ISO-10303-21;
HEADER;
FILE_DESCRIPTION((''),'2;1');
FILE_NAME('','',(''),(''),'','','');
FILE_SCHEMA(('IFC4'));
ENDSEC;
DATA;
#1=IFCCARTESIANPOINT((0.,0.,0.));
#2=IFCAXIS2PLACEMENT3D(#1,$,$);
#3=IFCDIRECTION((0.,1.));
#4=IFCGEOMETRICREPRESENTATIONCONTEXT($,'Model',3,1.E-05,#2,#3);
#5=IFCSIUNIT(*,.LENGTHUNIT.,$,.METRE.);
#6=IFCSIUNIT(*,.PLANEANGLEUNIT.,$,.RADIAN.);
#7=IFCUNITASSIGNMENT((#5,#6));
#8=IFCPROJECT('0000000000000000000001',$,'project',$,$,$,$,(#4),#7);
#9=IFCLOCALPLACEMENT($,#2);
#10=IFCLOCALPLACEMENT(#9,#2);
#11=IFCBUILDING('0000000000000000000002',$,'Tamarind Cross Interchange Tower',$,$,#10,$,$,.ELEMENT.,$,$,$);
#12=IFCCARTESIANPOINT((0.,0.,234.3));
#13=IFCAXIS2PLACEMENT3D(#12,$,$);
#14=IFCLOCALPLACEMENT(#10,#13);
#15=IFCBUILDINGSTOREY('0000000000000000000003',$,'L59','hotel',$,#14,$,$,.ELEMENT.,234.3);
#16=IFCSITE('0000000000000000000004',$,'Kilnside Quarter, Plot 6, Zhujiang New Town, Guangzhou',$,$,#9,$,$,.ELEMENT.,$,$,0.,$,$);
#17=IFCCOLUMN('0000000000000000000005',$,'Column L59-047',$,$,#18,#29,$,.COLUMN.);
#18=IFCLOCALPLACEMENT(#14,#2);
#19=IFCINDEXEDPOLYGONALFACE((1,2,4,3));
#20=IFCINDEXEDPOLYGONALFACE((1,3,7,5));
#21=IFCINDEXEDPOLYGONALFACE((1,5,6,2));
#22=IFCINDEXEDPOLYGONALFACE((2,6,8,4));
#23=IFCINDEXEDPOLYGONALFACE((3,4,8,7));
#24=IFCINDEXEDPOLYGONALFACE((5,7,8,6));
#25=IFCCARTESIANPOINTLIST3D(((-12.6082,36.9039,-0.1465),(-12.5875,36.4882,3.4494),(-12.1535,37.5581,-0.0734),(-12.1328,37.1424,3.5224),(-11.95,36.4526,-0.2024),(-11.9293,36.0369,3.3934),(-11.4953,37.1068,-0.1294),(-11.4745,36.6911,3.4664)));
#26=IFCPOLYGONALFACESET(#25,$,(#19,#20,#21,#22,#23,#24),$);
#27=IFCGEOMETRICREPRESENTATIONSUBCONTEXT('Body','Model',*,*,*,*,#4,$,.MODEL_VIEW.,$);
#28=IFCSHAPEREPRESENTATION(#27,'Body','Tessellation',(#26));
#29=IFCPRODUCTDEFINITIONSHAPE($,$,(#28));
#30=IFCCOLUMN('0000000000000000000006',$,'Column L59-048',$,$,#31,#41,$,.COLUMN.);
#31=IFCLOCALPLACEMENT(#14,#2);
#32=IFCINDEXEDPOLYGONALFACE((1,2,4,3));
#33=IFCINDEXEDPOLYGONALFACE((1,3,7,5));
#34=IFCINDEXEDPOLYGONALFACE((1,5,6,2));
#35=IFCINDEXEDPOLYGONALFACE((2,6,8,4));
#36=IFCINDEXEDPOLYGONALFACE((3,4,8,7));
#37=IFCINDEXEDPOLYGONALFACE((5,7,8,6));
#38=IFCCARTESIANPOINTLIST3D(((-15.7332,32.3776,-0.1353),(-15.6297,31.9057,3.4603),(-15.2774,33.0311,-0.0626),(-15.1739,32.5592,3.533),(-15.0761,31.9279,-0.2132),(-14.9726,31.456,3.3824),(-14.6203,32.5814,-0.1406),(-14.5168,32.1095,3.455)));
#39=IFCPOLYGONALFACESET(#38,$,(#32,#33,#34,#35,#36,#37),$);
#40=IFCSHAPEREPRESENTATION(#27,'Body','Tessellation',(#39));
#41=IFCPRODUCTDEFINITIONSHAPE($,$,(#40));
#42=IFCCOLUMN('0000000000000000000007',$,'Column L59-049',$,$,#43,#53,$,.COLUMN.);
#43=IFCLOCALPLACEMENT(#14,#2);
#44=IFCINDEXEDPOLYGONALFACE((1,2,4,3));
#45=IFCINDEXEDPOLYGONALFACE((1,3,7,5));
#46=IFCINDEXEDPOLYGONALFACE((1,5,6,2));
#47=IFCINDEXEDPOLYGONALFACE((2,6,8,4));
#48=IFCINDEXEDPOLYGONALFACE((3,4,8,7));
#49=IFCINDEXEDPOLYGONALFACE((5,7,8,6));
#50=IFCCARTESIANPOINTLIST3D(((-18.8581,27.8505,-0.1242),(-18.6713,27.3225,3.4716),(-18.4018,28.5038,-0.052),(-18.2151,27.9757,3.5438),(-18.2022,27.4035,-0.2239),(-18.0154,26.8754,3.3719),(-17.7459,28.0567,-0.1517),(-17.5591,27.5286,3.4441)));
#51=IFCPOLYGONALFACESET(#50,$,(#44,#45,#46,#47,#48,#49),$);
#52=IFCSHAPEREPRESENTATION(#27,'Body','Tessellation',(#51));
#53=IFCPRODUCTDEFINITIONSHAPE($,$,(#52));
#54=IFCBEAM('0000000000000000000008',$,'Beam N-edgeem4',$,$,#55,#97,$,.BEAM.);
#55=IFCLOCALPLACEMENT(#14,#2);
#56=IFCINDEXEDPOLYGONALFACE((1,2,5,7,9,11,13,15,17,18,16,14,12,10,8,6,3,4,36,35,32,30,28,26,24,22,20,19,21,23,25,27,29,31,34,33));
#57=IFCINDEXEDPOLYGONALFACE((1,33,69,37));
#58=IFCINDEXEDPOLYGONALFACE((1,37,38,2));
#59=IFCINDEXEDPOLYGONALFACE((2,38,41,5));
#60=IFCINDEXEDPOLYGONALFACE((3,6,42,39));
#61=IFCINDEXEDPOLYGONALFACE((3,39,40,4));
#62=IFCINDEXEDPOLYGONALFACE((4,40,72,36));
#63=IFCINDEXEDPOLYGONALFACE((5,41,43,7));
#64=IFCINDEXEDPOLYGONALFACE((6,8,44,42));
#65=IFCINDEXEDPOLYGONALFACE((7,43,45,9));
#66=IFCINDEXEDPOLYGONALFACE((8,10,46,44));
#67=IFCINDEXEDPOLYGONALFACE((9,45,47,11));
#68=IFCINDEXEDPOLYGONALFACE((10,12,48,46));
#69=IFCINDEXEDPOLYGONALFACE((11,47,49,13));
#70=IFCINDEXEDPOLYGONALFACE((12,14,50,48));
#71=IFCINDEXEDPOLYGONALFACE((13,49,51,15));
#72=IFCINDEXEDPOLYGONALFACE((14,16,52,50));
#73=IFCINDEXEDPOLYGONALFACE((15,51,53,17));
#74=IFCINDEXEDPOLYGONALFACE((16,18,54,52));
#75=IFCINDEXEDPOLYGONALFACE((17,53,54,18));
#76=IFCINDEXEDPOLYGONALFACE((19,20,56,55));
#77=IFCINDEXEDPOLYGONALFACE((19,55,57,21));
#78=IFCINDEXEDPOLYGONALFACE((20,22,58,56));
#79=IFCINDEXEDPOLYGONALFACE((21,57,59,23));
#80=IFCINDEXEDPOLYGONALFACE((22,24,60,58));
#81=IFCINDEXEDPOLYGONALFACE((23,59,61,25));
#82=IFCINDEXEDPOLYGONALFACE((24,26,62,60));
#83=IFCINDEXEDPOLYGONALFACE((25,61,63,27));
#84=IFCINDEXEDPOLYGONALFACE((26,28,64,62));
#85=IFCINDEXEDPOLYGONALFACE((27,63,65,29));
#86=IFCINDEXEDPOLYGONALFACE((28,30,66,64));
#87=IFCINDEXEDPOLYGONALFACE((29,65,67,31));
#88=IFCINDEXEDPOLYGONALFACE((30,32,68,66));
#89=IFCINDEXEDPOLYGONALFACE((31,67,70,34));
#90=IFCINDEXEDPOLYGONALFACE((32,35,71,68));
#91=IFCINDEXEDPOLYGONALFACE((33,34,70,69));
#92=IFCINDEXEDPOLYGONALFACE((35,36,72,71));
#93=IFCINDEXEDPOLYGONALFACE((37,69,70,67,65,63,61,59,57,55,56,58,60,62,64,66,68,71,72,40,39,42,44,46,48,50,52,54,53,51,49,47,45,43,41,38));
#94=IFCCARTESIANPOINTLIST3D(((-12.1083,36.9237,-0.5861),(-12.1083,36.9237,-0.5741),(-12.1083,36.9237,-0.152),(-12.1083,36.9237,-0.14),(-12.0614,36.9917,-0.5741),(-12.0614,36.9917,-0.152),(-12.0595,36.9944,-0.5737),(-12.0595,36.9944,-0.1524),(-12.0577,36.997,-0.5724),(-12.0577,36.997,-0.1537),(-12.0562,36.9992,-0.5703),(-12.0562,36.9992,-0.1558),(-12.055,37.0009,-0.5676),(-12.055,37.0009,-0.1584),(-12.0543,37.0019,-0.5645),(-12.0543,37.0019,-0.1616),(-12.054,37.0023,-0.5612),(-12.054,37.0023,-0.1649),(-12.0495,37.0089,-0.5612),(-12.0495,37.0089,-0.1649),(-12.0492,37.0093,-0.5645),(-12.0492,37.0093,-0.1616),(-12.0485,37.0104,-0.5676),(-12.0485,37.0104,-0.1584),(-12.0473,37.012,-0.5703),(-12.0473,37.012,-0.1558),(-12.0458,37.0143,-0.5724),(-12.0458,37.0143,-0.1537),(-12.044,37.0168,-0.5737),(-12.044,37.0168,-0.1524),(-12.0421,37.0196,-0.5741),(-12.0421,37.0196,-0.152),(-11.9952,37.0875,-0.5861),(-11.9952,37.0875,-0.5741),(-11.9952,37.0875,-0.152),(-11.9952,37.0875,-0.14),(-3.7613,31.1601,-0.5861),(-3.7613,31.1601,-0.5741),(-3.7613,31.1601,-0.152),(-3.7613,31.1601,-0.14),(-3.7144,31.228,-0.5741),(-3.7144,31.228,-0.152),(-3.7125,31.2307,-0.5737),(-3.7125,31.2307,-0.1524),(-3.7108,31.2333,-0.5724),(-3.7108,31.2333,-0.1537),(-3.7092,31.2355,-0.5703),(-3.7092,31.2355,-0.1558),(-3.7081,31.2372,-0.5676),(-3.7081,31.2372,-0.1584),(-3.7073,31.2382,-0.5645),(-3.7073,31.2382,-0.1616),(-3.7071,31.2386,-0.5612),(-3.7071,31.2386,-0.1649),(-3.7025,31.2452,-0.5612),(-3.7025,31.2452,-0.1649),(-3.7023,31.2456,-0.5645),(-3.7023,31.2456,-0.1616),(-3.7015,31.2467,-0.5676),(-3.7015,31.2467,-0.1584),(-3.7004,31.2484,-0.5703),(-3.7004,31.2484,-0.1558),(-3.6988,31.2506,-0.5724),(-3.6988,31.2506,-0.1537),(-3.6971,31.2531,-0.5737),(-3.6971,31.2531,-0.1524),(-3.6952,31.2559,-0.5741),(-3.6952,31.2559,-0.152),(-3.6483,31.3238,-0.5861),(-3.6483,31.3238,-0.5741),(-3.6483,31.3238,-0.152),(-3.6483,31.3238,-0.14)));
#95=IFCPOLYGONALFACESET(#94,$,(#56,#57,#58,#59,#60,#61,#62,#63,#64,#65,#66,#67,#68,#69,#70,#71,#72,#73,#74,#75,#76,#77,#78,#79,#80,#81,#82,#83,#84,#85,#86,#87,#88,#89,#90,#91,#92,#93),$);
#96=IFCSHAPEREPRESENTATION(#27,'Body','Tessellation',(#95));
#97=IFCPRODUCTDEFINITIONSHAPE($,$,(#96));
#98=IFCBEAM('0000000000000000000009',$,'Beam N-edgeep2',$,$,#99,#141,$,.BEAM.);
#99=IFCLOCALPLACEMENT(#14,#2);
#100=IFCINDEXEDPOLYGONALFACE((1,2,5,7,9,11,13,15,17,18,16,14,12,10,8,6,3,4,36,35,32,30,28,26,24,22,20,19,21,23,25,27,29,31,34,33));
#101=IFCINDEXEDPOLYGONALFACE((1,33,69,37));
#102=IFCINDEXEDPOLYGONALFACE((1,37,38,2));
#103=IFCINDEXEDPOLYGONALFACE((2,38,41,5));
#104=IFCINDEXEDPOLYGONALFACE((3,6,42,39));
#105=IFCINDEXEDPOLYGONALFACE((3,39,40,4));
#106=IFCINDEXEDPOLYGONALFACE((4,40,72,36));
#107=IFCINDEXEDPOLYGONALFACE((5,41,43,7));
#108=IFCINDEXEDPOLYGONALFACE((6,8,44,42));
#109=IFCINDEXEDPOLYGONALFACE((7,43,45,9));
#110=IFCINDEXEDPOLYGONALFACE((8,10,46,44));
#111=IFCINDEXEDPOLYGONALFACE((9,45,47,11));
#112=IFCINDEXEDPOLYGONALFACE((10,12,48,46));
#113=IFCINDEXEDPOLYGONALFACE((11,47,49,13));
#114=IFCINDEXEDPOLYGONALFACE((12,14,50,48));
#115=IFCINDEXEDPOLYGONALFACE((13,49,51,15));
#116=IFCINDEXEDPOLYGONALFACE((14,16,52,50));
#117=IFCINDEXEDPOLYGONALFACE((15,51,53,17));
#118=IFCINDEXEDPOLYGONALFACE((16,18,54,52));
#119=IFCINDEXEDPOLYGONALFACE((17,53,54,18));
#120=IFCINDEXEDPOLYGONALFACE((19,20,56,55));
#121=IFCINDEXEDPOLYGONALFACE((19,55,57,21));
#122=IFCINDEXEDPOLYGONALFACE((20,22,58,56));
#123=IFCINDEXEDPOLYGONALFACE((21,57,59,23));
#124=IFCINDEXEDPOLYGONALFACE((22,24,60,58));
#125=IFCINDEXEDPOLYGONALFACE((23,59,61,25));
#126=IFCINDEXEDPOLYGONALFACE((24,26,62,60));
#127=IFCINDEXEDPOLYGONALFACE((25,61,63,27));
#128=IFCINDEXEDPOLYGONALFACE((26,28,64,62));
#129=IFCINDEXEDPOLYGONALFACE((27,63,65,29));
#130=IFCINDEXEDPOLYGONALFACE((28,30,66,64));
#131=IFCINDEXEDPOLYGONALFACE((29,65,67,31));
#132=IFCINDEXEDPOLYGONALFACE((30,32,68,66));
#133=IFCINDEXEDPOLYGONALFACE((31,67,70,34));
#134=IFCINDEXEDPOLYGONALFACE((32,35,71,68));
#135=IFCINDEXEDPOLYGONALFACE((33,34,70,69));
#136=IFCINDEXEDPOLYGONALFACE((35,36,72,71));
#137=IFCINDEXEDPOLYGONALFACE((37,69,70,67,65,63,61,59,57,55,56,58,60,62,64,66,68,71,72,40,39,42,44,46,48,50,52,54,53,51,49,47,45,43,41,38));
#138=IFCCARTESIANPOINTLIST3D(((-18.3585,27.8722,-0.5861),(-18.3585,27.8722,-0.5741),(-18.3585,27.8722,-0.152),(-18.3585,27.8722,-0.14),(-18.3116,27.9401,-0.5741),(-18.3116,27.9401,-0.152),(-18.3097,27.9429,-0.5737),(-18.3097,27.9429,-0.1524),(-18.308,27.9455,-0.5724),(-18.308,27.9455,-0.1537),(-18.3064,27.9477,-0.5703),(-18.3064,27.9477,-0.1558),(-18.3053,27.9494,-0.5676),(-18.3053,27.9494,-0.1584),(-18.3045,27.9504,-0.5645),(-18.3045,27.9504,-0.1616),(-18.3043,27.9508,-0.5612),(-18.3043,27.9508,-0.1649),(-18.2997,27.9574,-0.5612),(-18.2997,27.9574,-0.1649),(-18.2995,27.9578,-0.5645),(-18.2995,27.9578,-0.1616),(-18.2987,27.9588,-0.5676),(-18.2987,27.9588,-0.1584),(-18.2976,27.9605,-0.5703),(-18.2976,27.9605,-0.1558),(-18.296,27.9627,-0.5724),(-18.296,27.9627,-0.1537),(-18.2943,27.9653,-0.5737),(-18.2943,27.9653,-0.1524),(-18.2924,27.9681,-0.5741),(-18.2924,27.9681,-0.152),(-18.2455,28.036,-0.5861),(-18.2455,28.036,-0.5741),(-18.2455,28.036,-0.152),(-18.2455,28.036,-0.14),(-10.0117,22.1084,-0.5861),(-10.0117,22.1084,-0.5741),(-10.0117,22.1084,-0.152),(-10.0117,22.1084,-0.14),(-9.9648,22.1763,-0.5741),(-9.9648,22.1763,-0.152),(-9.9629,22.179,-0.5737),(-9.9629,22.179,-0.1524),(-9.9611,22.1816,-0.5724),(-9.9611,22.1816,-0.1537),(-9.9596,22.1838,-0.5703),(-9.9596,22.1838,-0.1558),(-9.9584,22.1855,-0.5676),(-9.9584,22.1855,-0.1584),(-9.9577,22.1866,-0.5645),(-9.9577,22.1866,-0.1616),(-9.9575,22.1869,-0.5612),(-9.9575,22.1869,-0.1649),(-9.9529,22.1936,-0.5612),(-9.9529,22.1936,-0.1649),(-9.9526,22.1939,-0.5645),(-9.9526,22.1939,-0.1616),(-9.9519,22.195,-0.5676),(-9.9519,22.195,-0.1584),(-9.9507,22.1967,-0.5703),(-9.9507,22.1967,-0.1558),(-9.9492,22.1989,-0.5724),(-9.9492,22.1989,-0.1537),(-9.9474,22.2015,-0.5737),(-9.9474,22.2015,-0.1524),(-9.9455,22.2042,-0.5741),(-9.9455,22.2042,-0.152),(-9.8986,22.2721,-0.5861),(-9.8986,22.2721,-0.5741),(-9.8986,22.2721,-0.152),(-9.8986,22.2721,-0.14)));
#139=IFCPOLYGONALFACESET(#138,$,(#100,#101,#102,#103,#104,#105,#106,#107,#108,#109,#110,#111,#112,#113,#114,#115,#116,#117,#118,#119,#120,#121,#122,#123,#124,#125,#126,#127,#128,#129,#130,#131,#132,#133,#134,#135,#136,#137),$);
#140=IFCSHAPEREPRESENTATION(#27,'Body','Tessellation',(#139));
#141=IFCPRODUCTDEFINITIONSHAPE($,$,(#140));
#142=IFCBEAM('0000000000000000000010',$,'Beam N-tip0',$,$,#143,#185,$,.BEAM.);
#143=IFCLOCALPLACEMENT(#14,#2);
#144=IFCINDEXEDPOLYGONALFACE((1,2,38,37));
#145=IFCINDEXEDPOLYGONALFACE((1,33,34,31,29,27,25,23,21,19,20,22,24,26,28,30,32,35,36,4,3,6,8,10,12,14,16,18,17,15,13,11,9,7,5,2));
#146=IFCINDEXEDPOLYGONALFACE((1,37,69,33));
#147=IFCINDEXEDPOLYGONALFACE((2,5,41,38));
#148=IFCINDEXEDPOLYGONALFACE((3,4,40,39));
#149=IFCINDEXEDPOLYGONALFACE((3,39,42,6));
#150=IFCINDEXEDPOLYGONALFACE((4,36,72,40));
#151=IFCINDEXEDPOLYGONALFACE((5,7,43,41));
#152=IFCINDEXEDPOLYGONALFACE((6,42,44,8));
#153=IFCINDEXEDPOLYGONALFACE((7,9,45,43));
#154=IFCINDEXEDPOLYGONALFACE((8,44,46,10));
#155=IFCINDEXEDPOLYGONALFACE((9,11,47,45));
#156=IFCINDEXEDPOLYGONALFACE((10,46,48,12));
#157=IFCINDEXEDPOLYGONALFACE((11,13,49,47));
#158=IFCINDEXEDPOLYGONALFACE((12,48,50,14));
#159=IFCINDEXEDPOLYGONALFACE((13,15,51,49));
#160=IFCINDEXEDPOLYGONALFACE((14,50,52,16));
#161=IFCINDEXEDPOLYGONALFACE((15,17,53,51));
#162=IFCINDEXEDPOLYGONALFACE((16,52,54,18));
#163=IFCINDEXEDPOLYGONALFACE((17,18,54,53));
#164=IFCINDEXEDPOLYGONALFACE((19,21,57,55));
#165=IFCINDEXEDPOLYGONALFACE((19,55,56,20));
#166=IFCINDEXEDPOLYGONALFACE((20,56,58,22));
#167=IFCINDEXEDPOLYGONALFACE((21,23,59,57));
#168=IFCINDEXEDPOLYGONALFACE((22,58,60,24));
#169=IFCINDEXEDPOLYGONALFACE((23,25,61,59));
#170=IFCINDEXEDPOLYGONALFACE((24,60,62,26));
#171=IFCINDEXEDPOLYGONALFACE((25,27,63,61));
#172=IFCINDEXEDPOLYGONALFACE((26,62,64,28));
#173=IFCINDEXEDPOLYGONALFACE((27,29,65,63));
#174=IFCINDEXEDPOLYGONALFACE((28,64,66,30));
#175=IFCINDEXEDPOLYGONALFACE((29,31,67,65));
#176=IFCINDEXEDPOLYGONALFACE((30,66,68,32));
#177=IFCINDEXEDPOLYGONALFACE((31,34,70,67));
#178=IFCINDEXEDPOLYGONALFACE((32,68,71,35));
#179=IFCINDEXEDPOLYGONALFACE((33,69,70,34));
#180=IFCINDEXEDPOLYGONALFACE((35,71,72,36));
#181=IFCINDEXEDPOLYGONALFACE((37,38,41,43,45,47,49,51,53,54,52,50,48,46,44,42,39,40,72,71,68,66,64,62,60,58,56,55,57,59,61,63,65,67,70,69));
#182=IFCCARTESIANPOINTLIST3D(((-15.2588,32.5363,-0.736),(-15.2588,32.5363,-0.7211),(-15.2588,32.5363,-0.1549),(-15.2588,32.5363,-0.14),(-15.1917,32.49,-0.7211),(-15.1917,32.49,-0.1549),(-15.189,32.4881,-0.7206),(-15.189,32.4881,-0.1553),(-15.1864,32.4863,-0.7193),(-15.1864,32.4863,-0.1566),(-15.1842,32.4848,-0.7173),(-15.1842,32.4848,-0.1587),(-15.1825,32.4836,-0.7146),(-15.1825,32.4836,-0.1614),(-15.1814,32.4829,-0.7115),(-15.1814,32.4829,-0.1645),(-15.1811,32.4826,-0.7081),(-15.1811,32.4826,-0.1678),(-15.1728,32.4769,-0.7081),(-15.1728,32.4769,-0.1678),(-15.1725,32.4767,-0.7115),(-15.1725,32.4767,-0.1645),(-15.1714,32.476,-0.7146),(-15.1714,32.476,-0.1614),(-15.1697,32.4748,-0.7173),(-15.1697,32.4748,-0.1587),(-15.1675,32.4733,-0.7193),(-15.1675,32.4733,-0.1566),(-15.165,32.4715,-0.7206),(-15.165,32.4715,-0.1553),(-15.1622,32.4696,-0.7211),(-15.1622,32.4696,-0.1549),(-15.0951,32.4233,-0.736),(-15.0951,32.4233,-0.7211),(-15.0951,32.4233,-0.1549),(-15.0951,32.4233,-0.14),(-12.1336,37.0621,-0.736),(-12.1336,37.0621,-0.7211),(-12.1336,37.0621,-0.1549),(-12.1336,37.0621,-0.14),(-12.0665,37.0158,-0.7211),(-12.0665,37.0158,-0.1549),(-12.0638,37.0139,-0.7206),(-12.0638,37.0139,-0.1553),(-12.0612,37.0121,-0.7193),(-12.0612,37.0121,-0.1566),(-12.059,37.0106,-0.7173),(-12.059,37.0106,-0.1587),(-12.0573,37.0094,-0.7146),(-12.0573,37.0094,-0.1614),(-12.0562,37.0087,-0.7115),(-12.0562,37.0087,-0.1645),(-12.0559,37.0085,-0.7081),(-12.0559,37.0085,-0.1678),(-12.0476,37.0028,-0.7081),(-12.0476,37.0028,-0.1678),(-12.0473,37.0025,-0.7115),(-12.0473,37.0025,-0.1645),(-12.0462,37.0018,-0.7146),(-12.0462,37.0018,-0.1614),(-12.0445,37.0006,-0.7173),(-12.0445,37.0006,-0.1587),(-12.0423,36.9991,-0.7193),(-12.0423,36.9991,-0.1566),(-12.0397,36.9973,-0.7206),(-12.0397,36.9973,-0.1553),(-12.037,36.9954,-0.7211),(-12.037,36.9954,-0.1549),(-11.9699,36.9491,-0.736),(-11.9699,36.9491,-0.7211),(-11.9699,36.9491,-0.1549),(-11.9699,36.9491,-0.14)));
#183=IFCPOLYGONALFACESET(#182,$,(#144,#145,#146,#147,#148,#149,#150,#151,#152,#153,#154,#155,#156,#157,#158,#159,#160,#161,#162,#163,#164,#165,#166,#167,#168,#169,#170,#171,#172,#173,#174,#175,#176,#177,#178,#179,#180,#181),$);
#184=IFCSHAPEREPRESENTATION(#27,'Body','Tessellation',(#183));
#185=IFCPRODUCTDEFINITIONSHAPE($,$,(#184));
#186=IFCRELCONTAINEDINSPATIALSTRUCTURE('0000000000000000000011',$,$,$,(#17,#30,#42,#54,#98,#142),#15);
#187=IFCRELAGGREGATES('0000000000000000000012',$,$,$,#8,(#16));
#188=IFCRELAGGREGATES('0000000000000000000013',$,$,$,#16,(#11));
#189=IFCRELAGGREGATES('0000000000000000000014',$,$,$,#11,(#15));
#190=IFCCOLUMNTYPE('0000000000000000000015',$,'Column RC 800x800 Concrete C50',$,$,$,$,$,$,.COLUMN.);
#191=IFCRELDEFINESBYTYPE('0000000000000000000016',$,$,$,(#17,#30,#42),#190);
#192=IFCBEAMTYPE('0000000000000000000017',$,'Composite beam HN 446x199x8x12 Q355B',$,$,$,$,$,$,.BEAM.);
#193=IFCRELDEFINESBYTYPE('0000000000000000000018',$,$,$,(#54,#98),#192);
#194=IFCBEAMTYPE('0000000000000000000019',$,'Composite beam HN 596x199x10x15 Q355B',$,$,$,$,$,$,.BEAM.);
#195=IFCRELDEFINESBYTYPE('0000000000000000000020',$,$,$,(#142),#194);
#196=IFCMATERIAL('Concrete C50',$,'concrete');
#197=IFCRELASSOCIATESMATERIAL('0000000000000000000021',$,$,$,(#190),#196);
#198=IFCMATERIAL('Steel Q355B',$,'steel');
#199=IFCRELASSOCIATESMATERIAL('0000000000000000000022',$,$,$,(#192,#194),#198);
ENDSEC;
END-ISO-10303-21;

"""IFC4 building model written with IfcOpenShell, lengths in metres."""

from ifc_helpers import new_model, si_unit, direction, frame, origin, origin_2d, place, context, subcontext, project, spatial, rectangle, i_section, extrude, material, material_profile, profile_set, type_object, element, save


model = new_model("IFC4")

# Units and contexts
model_context = context("Model", 3, precision=1e-05, world=origin(), true_north=direction((0.0, 1.0)))
body_context = subcontext(model_context, "Body", "Model", "MODEL_VIEW")
ifc_project = project(units=[si_unit("LENGTHUNIT", "METRE"), si_unit("PLANEANGLEUNIT", "RADIAN")], contexts=[model_context])

# Site, building, storey
site_placement = place(None, origin())
site = spatial("IfcSite", under=ifc_project, at=site_placement, Name="Kilnside Quarter, Plot 6, Zhujiang New Town, Guangzhou", CompositionType="ELEMENT", RefElevation=0.0)
building_placement = place(site_placement, origin())
building = spatial("IfcBuilding", under=site, at=building_placement, Name="Tamarind Cross Interchange Tower", CompositionType="ELEMENT")
storey_placement = place(building_placement, frame((0.0, 0.0, 234.3)))
storey = spatial("IfcBuildingStorey", under=building, at=storey_placement, Name="L59", Description="hotel", CompositionType="ELEMENT", Elevation=234.3)

# Columns
ifc_material_1 = material(Name="Concrete C50", Category="concrete")
ifc_material_profile_1 = material_profile(ifc_material_1, rectangle(XDim=0.8, YDim=0.8, at=origin_2d()), Name="RC 800x800")
ifc_profile_set_1 = profile_set([ifc_material_profile_1], Name="Concrete C50")
column_type = type_object("IfcColumnType", Name="Column RC 800x800 Concrete C50", PredefinedType="COLUMN", material=ifc_profile_set_1)
column_1_placement = place(storey_placement, frame((-12.0518, 37.0054, -0.1379), z_axis=(0.005733, -0.114855, 0.993366), x_axis=(0.568379, 0.81769, 0.091263)))
element("IfcColumn", 1, at=column_1_placement, inside=storey, type_object=column_type, Name="Column L59-047", PredefinedType="COLUMN", context=body_context, shape_type="SweptSolid", body=[
    extrude(rectangle(XDim=0.8, YDim=0.8, at=origin_2d()), origin(), (0.0, 0.0, 1.0), 3.6199),
])
column_2_placement = place(storey_placement, frame((-15.1768, 32.4795, -0.1379), z_axis=(0.028532, -0.130078, 0.991093), x_axis=(0.56971, 0.816814, 0.090803)))
element("IfcColumn", 2, at=column_2_placement, inside=storey, type_object=column_type, Name="Column L59-048", PredefinedType="COLUMN", context=body_context, shape_type="SweptSolid", body=[
    extrude(rectangle(XDim=0.8, YDim=0.8, at=origin_2d()), origin(), (0.0, 0.0, 1.0), 3.6279),
])
column_3_placement = place(storey_placement, frame((-18.302, 27.9536, -0.1379), z_axis=(0.051323, -0.145113, 0.988083), x_axis=(0.570261, 0.816487, 0.090291)))
element("IfcColumn", 3, at=column_3_placement, inside=storey, type_object=column_type, Name="Column L59-049", PredefinedType="COLUMN", context=body_context, shape_type="SweptSolid", body=[
    extrude(rectangle(XDim=0.8, YDim=0.8, at=origin_2d()), origin(), (0.0, 0.0, 1.0), 3.6392),
])

# Beams
ifc_material_2 = material(Name="Steel Q355B", Category="steel")
ifc_material_profile_2 = material_profile(ifc_material_2, i_section(OverallWidth=0.199, OverallDepth=0.446, WebThickness=0.0081, FlangeThickness=0.012, FilletRadius=0.0129, at=origin_2d()), Name="HN 446x199x8x12")
ifc_profile_set_2 = profile_set([ifc_material_profile_2], Name="Steel Q355B")
beam_type_1 = type_object("IfcBeamType", Name="Composite beam HN 446x199x8x12 Q355B", PredefinedType="BEAM", material=ifc_profile_set_2)
for number, where, z_axis, x_axis, name in (
    (4, (-12.0518, 37.0056, -0.363), (0.822882, -0.568212, 0.0), (0.568212, 0.822882, 0.0), "Beam N-edgeem4"),
    (5, (-18.302, 27.9541, -0.363), (0.822871, -0.568228, 0.0), (0.568228, 0.822871, 0.0), "Beam N-edgeep2"),
):
    element("IfcBeam", number, at=place(storey_placement, frame(where, z_axis=z_axis, x_axis=x_axis)), inside=storey, type_object=beam_type_1, Name=name, PredefinedType="BEAM", context=body_context, shape_type="SweptSolid", body=[
        extrude(i_section(OverallWidth=0.199, OverallDepth=0.446, WebThickness=0.0081, FlangeThickness=0.012, FilletRadius=0.0129, at=origin_2d()), origin(), (0.0, 0.0, 1.0), 10.1436),
    ])
ifc_material_profile_3 = material_profile(ifc_material_2, i_section(OverallWidth=0.199, OverallDepth=0.5959, WebThickness=0.01, FlangeThickness=0.0149, FilletRadius=0.0129, at=origin_2d()), Name="HN 596x199x10x15")
ifc_profile_set_3 = profile_set([ifc_material_profile_3], Name="Steel Q355B")
beam_type_2 = type_object("IfcBeamType", Name="Composite beam HN 596x199x10x15 Q355B", PredefinedType="BEAM", material=ifc_profile_set_3)
beam_1_placement = place(storey_placement, frame((-12.0518, 37.0056, -0.438), z_axis=(-0.568219, -0.822877, 0.0), x_axis=(0.822877, -0.568219, 0.0)))
element("IfcBeam", 6, at=beam_1_placement, inside=storey, type_object=beam_type_2, Name="Beam N-tip0", PredefinedType="BEAM", context=body_context, shape_type="SweptSolid", body=[
    extrude(i_section(OverallWidth=0.199, OverallDepth=0.5959, WebThickness=0.01, FlangeThickness=0.0149, FilletRadius=0.0129, at=origin_2d()), origin(), (0.0, 0.0, 1.0), 5.5),
])

save(model, "model.ifc")
